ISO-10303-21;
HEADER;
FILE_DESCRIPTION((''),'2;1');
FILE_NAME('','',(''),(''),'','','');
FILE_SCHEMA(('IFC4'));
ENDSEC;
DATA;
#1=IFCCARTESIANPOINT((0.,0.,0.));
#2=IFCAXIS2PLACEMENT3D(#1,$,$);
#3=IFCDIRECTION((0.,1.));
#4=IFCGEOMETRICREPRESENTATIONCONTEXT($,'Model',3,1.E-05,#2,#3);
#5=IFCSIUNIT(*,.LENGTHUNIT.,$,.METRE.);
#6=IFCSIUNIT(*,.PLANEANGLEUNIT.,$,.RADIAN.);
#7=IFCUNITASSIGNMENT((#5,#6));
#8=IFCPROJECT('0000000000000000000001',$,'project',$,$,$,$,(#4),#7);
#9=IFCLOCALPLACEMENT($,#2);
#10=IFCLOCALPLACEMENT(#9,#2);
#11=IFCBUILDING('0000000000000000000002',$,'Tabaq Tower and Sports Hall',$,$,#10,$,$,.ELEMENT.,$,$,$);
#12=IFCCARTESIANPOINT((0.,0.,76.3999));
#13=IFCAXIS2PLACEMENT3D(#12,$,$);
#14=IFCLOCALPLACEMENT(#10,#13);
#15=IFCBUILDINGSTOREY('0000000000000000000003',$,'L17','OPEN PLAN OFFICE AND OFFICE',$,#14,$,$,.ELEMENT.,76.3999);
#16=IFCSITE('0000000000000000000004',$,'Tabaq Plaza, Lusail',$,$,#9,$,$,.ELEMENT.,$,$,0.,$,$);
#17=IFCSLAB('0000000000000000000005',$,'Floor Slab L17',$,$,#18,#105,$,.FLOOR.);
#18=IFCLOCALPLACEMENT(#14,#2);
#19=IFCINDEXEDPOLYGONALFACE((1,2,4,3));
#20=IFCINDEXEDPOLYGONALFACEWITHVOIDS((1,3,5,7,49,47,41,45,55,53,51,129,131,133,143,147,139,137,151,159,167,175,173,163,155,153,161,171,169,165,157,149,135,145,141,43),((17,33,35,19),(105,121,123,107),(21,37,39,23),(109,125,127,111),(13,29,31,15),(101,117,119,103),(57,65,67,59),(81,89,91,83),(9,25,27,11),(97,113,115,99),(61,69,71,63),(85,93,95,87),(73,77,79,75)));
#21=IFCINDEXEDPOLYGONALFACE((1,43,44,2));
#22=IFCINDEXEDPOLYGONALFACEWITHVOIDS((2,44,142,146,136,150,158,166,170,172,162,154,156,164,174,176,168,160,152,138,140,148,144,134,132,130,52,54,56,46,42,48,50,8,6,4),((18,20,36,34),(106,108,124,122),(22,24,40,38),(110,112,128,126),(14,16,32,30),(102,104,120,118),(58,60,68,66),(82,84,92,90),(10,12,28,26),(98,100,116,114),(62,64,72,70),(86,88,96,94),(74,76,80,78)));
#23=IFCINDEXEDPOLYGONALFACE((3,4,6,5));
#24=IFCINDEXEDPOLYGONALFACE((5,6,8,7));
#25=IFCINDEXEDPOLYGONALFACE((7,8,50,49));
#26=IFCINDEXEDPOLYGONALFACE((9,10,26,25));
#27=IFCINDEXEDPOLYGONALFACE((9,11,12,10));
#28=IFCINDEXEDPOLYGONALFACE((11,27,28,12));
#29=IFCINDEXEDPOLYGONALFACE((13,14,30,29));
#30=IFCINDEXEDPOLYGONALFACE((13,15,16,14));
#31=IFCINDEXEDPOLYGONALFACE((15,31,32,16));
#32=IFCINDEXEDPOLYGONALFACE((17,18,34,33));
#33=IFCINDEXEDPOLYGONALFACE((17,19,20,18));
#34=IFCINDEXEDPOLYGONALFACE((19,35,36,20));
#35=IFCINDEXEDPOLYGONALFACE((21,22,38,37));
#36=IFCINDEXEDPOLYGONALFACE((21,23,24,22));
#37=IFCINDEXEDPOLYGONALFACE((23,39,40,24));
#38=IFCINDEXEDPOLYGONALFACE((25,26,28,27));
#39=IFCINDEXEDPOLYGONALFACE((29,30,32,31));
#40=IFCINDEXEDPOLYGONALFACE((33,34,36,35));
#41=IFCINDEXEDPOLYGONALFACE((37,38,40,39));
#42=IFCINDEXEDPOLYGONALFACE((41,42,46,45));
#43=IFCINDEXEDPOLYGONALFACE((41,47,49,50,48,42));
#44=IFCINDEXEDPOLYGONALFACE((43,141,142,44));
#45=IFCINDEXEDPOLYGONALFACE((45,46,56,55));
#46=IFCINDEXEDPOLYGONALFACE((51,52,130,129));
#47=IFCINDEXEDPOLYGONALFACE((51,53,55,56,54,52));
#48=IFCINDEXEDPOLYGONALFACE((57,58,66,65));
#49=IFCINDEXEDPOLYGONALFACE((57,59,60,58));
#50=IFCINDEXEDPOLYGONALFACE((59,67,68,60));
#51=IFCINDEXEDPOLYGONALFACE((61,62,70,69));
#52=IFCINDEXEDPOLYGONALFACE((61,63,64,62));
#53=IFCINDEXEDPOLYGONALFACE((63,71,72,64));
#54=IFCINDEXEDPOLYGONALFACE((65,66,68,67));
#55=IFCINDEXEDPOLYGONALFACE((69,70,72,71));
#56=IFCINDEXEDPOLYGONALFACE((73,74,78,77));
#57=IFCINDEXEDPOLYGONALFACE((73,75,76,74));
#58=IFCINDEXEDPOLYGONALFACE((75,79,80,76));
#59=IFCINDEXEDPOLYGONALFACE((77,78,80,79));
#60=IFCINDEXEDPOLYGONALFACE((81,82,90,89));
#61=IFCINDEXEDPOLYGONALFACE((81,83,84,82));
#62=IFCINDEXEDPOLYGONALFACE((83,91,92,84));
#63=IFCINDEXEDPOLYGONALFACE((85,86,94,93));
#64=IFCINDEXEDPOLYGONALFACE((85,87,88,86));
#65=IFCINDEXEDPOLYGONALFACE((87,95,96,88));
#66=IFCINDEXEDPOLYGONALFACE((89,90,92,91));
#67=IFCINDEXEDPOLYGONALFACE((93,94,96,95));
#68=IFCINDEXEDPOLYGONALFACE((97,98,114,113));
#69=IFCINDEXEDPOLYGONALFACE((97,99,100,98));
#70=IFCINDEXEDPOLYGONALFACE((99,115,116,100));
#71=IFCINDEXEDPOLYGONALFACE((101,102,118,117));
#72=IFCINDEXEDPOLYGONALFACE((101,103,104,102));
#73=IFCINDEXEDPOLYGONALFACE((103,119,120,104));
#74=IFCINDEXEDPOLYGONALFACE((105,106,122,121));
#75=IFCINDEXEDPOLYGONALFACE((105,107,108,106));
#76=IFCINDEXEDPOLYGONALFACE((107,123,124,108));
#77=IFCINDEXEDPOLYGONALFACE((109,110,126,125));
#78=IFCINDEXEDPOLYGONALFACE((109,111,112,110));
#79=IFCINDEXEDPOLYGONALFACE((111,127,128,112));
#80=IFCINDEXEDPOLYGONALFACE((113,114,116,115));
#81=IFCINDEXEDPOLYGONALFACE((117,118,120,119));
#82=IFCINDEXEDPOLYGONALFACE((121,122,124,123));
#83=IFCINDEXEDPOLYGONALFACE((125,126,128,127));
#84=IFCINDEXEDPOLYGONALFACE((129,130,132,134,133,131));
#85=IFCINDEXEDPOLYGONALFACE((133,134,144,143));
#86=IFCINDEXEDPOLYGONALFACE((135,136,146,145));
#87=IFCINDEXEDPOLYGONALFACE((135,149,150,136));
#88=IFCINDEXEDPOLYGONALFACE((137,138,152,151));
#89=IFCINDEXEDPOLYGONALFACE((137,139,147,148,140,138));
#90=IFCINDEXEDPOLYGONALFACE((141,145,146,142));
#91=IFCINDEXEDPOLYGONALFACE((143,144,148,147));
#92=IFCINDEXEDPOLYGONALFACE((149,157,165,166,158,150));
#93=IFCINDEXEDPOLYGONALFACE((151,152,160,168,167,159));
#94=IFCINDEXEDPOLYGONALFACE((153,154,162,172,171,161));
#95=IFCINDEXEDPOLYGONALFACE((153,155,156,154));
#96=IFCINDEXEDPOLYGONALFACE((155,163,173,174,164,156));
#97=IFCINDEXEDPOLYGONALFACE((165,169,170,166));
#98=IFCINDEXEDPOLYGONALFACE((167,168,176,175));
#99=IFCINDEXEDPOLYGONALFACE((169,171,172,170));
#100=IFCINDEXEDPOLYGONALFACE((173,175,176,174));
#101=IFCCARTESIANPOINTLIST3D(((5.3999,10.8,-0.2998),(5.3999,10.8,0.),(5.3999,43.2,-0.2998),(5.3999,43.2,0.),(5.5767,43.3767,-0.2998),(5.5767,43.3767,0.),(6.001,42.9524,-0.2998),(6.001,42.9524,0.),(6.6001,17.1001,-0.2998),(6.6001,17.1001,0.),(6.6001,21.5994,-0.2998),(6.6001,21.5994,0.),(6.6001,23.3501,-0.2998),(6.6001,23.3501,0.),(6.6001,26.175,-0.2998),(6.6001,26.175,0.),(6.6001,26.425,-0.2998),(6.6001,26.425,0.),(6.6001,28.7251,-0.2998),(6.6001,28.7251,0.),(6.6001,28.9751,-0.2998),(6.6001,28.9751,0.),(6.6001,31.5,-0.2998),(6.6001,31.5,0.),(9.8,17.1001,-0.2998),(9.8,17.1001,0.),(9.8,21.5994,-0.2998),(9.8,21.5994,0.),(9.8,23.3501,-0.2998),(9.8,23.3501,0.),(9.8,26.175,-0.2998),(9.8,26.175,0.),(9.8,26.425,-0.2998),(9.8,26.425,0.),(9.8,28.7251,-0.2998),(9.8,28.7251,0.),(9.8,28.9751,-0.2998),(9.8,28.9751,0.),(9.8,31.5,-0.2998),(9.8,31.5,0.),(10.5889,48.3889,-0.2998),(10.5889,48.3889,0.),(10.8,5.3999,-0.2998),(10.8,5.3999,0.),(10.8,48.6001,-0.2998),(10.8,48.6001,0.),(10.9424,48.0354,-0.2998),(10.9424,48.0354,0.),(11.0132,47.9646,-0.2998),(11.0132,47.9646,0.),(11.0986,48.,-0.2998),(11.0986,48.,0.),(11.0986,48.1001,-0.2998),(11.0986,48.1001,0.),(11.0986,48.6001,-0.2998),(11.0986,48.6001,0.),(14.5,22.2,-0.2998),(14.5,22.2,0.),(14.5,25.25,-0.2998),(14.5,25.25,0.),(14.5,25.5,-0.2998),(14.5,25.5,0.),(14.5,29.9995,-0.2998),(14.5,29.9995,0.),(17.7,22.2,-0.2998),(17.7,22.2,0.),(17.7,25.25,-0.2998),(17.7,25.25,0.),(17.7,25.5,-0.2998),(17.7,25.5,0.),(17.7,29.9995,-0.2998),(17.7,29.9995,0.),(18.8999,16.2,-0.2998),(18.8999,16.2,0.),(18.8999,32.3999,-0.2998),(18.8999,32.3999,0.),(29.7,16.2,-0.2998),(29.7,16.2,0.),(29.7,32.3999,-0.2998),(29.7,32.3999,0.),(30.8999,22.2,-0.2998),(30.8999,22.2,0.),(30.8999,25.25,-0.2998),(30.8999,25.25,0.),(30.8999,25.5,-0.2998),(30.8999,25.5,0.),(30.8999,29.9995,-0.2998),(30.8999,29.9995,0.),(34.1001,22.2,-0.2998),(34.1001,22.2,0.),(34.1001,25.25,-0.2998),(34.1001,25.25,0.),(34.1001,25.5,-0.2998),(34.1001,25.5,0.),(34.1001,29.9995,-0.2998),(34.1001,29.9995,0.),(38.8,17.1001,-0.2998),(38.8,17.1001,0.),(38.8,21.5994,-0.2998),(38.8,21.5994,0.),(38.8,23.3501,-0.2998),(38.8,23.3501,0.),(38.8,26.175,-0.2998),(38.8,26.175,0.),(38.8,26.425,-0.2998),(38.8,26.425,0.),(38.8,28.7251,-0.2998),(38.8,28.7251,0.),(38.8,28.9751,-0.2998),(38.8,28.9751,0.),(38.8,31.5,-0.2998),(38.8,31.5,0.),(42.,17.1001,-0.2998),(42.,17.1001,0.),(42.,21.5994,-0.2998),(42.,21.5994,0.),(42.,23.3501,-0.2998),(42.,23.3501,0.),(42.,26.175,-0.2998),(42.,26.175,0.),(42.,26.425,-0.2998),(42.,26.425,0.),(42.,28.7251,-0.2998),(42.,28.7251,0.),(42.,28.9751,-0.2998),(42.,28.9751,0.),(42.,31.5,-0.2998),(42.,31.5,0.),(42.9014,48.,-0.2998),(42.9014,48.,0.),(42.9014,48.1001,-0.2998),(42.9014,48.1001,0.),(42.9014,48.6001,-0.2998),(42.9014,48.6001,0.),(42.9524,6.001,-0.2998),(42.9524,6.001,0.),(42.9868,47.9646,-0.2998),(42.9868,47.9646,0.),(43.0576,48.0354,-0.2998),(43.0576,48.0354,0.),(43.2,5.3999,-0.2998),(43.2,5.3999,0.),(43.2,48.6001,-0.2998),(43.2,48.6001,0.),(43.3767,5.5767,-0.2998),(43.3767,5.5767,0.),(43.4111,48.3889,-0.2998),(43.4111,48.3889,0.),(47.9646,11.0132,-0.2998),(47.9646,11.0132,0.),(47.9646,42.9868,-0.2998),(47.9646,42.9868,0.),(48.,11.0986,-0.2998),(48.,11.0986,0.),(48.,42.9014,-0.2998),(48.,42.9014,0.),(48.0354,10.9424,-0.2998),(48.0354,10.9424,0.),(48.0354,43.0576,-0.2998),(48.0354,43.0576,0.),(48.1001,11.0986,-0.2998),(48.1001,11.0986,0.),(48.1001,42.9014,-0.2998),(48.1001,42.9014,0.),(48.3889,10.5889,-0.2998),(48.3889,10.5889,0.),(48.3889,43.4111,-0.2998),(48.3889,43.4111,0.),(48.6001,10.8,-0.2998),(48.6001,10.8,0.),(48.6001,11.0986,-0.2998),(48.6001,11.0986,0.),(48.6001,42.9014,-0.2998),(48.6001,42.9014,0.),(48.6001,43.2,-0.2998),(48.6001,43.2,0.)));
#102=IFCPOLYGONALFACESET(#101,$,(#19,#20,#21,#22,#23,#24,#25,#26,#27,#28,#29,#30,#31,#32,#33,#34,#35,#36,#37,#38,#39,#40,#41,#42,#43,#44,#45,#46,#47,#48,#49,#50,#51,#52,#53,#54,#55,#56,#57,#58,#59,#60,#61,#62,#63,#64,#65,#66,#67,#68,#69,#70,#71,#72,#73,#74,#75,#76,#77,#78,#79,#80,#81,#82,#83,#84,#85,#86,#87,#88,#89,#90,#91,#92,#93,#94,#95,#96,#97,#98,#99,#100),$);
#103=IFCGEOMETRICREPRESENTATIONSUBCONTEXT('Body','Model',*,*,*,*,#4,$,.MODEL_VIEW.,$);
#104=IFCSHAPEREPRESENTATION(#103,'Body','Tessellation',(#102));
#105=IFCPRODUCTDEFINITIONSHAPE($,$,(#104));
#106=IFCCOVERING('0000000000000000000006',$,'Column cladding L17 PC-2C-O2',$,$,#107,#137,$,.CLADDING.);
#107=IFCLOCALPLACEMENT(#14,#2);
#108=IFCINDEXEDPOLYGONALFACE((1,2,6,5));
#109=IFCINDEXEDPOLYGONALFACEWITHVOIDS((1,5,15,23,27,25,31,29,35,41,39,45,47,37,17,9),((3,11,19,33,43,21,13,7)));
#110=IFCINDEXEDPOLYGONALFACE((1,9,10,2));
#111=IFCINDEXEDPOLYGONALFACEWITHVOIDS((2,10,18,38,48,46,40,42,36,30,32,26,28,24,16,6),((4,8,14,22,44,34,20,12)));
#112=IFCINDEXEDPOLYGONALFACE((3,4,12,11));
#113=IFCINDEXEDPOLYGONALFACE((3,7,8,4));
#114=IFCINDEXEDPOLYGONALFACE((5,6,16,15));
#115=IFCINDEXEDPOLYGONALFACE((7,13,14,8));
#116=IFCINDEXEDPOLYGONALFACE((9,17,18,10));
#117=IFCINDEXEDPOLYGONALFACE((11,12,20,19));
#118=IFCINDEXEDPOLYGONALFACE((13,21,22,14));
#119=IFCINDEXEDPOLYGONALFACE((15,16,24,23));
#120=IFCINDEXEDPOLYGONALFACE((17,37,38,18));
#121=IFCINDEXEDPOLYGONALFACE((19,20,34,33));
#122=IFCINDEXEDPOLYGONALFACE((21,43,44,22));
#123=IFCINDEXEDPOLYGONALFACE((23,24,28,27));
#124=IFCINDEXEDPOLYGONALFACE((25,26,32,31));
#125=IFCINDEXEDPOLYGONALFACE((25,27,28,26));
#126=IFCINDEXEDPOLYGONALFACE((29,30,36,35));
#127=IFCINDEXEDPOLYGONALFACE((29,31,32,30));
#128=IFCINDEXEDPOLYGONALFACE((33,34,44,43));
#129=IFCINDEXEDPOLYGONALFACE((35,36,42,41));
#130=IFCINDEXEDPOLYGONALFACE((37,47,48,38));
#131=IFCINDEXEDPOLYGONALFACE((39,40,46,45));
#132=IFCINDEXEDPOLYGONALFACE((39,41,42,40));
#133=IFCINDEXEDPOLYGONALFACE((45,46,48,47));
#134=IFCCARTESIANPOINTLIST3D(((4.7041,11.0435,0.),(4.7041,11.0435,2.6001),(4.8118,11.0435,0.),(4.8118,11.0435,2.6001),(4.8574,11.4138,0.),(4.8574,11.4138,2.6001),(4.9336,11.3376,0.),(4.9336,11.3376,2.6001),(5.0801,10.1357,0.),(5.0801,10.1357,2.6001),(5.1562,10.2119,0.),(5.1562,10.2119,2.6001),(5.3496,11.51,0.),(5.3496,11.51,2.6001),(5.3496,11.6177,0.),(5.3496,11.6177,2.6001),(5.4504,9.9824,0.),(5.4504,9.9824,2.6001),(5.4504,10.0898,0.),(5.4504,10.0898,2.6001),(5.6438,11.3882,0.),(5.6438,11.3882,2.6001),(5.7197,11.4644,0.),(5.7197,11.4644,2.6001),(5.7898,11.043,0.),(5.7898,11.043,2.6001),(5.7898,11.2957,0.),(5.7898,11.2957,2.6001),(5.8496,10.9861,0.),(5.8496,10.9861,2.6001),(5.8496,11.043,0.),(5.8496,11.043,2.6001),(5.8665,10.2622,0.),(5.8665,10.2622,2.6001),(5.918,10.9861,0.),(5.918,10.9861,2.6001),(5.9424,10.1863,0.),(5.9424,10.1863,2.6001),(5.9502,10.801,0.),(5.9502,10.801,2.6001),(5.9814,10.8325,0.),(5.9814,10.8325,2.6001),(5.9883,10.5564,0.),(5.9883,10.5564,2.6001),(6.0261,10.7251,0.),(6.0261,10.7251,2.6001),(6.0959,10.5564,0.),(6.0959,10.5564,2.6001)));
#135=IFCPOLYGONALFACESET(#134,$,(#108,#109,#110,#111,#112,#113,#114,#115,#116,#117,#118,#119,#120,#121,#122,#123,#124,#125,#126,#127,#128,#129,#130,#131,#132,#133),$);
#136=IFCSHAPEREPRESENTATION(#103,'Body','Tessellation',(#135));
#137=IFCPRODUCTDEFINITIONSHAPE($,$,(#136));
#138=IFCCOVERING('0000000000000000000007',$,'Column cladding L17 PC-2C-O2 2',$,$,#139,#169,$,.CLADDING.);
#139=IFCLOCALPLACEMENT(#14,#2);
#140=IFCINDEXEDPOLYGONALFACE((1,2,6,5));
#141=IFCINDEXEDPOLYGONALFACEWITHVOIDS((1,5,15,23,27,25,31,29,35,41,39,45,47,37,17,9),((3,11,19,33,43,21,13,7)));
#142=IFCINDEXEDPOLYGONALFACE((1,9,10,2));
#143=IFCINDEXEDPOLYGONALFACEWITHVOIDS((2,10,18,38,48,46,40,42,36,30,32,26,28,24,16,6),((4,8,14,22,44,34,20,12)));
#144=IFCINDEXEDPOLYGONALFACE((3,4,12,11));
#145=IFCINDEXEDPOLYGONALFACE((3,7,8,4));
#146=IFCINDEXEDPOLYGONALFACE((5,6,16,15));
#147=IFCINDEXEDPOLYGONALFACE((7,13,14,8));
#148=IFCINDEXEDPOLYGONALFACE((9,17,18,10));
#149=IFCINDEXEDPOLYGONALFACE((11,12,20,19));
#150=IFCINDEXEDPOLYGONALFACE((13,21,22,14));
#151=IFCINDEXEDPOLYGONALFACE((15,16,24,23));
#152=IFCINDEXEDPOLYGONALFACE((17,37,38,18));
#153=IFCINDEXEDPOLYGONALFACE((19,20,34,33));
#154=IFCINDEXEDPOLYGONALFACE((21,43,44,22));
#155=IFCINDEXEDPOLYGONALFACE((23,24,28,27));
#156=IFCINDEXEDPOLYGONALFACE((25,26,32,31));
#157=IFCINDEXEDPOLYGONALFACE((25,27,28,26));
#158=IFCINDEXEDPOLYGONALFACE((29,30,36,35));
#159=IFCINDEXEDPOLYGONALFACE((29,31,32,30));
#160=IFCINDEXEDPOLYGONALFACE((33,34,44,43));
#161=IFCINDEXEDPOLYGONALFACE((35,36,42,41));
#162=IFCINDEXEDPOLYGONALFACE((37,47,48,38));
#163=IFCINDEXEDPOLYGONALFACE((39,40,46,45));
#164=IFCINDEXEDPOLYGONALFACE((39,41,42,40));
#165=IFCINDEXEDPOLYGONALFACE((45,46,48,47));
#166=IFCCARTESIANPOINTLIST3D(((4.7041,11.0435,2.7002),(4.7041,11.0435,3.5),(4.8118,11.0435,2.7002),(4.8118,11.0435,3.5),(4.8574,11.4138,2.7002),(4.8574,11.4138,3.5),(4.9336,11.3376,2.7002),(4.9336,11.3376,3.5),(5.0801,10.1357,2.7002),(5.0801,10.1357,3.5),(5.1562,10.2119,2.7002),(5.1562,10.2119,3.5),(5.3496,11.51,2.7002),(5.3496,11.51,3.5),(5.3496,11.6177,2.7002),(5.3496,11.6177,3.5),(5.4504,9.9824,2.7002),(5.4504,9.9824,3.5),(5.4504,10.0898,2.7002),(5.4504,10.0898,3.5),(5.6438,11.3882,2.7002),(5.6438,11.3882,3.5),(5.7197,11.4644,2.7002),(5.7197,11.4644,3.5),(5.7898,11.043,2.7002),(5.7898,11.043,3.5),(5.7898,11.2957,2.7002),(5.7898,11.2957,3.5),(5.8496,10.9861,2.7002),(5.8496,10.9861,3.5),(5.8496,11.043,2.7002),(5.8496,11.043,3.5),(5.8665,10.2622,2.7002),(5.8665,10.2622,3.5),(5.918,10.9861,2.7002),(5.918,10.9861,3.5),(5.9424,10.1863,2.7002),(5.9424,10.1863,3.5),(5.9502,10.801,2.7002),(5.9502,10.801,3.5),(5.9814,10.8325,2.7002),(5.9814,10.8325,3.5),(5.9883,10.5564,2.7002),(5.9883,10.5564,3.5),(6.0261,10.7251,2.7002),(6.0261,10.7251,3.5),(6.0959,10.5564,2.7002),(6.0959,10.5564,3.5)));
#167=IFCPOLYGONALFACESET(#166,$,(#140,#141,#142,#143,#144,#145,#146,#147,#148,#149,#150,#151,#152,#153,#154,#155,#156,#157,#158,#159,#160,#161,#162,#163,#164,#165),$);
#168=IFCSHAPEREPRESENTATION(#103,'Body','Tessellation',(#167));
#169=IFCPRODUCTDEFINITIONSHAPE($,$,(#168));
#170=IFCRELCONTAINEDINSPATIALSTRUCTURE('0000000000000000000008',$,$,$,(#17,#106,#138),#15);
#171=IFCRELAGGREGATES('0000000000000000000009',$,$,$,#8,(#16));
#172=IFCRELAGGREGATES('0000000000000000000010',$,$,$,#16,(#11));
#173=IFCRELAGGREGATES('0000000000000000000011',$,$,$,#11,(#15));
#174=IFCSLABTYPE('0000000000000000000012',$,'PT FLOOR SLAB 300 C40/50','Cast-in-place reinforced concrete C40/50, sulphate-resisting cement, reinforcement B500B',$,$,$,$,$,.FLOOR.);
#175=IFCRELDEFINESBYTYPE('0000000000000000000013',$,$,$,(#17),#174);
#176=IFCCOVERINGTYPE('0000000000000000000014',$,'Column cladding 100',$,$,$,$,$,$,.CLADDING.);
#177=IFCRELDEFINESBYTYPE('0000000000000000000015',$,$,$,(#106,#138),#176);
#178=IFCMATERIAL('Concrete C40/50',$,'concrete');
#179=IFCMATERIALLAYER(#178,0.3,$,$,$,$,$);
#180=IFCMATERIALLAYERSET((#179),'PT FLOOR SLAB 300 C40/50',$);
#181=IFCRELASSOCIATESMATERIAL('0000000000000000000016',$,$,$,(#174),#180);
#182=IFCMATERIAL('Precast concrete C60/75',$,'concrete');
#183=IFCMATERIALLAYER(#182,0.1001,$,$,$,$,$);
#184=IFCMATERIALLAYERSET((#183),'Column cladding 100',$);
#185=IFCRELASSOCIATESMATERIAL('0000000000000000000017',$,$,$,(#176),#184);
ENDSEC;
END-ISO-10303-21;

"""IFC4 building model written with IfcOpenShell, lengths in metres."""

from ifc_helpers import new_model, si_unit, direction, frame, origin, place, context, subcontext, project, spatial, polyline, outline, extrude, material, layer, layer_set, type_object, element, save


model = new_model("IFC4")

# Units and contexts
model_context = context("Model", 3, precision=1e-05, world=origin(), true_north=direction((0.0, 1.0)))
body_context = subcontext(model_context, "Body", "Model", "MODEL_VIEW")
ifc_project = project(units=[si_unit("LENGTHUNIT", "METRE"), si_unit("PLANEANGLEUNIT", "RADIAN")], contexts=[model_context])

# Site, building, storey
site_placement = place(None, origin())
site = spatial("IfcSite", under=ifc_project, at=site_placement, Name="Tabaq Plaza, Lusail", CompositionType="ELEMENT", RefElevation=0.0)
building_placement = place(site_placement, origin())
building = spatial("IfcBuilding", under=site, at=building_placement, Name="Tabaq Tower and Sports Hall", CompositionType="ELEMENT")
storey_placement = place(building_placement, frame((0.0, 0.0, 76.3999)))
storey = spatial("IfcBuildingStorey", under=building, at=storey_placement, Name="L17", Description="OPEN PLAN OFFICE AND OFFICE", CompositionType="ELEMENT", Elevation=76.3999)

# Slab
ifc_material_1 = material(Name="Concrete C40/50", Category="concrete")
ifc_layer_1 = layer(ifc_material_1, 0.3)
ifc_layer_set_1 = layer_set([ifc_layer_1], Name="PT FLOOR SLAB 300 C40/50")
slab_type = type_object("IfcSlabType", Name="PT FLOOR SLAB 300 C40/50", Description="Cast-in-place reinforced concrete C40/50, sulphate-resisting cement, reinforcement B500B", PredefinedType="FLOOR", material=ifc_layer_set_1)
slab_placement = place(storey_placement, frame((0.0, 0.0, -0.2998)))
element("IfcSlab", 1, at=slab_placement, inside=storey, type_object=slab_type, Name="Floor Slab L17", PredefinedType="FLOOR", context=body_context, shape_type="SweptSolid", body=[
    extrude(outline(polyline([(5.3999, 43.2), (5.3999, 10.8), (10.8, 5.3999), (43.2, 5.3999), (43.3767, 5.5767), (42.9524, 6.001), (47.9646, 11.0132), (48.0354, 10.9424), (48.3889, 10.5889), (48.6001, 10.8), (48.6001, 11.0986), (48.1001, 11.0986), (48.0, 11.0986), (48.0, 42.9014), (48.1001, 42.9014), (48.6001, 42.9014), (48.6001, 43.2), (48.3889, 43.4111), (48.0354, 43.0576), (47.9646, 42.9868), (42.9868, 47.9646), (43.0576, 48.0354), (43.4111, 48.3889), (43.2, 48.6001), (42.9014, 48.6001), (42.9014, 48.1001), (42.9014, 48.0), (11.0986, 48.0), (11.0986, 48.1001), (11.0986, 48.6001), (10.8, 48.6001), (10.5889, 48.3889), (10.9424, 48.0354), (11.0132, 47.9646), (6.001, 42.9524), (5.5767, 43.3767), (5.3999, 43.2)]), holes=[polyline([(6.6001, 21.5994), (9.8, 21.5994), (9.8, 17.1001), (6.6001, 17.1001), (6.6001, 21.5994)]), polyline([(17.7, 25.25), (17.7, 22.2), (14.5, 22.2), (14.5, 25.25), (17.7, 25.25)]), polyline([(18.8999, 32.3999), (29.7, 32.3999), (29.7, 16.2), (18.8999, 16.2), (18.8999, 32.3999)]), polyline([(6.6001, 26.175), (9.8, 26.175), (9.8, 23.3501), (6.6001, 23.3501), (6.6001, 26.175)]), polyline([(9.8, 28.7251), (9.8, 26.425), (6.6001, 26.425), (6.6001, 28.7251), (9.8, 28.7251)]), polyline([(17.7, 29.9995), (17.7, 25.5), (14.5, 25.5), (14.5, 29.9995), (17.7, 29.9995)]), polyline([(6.6001, 31.5), (9.8, 31.5), (9.8, 28.9751), (6.6001, 28.9751), (6.6001, 31.5)]), polyline([(42.0, 21.5994), (42.0, 17.1001), (38.8, 17.1001), (38.8, 21.5994), (42.0, 21.5994)]), polyline([(34.1001, 25.25), (34.1001, 22.2), (30.8999, 22.2), (30.8999, 25.25), (34.1001, 25.25)]), polyline([(42.0, 26.175), (42.0, 23.3501), (38.8, 23.3501), (38.8, 26.175), (42.0, 26.175)]), polyline([(42.0, 28.7251), (42.0, 26.425), (38.8, 26.425), (38.8, 28.7251), (42.0, 28.7251)]), polyline([(34.1001, 29.9995), (34.1001, 25.5), (30.8999, 25.5), (30.8999, 29.9995), (34.1001, 29.9995)]), polyline([(42.0, 31.5), (42.0, 28.9751), (38.8, 28.9751), (38.8, 31.5), (42.0, 31.5)])]), origin(), (0.0, 0.0, 1.0), 0.2998),
])

# Coverings
ifc_material_2 = material(Name="Precast concrete C60/75", Category="concrete")
ifc_layer_2 = layer(ifc_material_2, 0.1001)
ifc_layer_set_2 = layer_set([ifc_layer_2], Name="Column cladding 100")
covering_type = type_object("IfcCoveringType", Name="Column cladding 100", PredefinedType="CLADDING", material=ifc_layer_set_2)
covering_1_placement = place(storey_placement, origin())
element("IfcCovering", 2, at=covering_1_placement, inside=storey, type_object=covering_type, Name="Column cladding L17 PC-2C-O2", PredefinedType="CLADDING", context=body_context, shape_type="SweptSolid", body=[
    extrude(outline(polyline([(5.4504, 9.9824), (5.0801, 10.1357), (4.7041, 11.0435), (4.8574, 11.4138), (5.3496, 11.6177), (5.7197, 11.4644), (5.7898, 11.2957), (5.7898, 11.043), (5.8496, 11.043), (5.8496, 10.9861), (5.918, 10.9861), (5.9814, 10.8325), (5.9502, 10.801), (6.0261, 10.7251), (6.0959, 10.5564), (5.9424, 10.1863), (5.4504, 9.9824)]), holes=[polyline([(5.3496, 11.51), (4.9336, 11.3376), (4.8118, 11.0435), (5.1562, 10.2119), (5.4504, 10.0898), (5.8665, 10.2622), (5.9883, 10.5564), (5.6438, 11.3882), (5.3496, 11.51)])]), origin(), (0.0, 0.0, 1.0), 2.6001),
])
covering_2_placement = place(storey_placement, frame((0.0, 0.0, 2.7002)))
element("IfcCovering", 3, at=covering_2_placement, inside=storey, type_object=covering_type, Name="Column cladding L17 PC-2C-O2 2", PredefinedType="CLADDING", context=body_context, shape_type="SweptSolid", body=[
    extrude(outline(polyline([(5.4504, 9.9824), (5.0801, 10.1357), (4.7041, 11.0435), (4.8574, 11.4138), (5.3496, 11.6177), (5.7197, 11.4644), (5.7898, 11.2957), (5.7898, 11.043), (5.8496, 11.043), (5.8496, 10.9861), (5.918, 10.9861), (5.9814, 10.8325), (5.9502, 10.801), (6.0261, 10.7251), (6.0959, 10.5564), (5.9424, 10.1863), (5.4504, 9.9824)]), holes=[polyline([(5.3496, 11.51), (4.9336, 11.3376), (4.8118, 11.0435), (5.1562, 10.2119), (5.4504, 10.0898), (5.8665, 10.2622), (5.9883, 10.5564), (5.6438, 11.3882), (5.3496, 11.51)])]), origin(), (0.0, 0.0, 1.0), 0.7998),
])

save(model, "model.ifc")
